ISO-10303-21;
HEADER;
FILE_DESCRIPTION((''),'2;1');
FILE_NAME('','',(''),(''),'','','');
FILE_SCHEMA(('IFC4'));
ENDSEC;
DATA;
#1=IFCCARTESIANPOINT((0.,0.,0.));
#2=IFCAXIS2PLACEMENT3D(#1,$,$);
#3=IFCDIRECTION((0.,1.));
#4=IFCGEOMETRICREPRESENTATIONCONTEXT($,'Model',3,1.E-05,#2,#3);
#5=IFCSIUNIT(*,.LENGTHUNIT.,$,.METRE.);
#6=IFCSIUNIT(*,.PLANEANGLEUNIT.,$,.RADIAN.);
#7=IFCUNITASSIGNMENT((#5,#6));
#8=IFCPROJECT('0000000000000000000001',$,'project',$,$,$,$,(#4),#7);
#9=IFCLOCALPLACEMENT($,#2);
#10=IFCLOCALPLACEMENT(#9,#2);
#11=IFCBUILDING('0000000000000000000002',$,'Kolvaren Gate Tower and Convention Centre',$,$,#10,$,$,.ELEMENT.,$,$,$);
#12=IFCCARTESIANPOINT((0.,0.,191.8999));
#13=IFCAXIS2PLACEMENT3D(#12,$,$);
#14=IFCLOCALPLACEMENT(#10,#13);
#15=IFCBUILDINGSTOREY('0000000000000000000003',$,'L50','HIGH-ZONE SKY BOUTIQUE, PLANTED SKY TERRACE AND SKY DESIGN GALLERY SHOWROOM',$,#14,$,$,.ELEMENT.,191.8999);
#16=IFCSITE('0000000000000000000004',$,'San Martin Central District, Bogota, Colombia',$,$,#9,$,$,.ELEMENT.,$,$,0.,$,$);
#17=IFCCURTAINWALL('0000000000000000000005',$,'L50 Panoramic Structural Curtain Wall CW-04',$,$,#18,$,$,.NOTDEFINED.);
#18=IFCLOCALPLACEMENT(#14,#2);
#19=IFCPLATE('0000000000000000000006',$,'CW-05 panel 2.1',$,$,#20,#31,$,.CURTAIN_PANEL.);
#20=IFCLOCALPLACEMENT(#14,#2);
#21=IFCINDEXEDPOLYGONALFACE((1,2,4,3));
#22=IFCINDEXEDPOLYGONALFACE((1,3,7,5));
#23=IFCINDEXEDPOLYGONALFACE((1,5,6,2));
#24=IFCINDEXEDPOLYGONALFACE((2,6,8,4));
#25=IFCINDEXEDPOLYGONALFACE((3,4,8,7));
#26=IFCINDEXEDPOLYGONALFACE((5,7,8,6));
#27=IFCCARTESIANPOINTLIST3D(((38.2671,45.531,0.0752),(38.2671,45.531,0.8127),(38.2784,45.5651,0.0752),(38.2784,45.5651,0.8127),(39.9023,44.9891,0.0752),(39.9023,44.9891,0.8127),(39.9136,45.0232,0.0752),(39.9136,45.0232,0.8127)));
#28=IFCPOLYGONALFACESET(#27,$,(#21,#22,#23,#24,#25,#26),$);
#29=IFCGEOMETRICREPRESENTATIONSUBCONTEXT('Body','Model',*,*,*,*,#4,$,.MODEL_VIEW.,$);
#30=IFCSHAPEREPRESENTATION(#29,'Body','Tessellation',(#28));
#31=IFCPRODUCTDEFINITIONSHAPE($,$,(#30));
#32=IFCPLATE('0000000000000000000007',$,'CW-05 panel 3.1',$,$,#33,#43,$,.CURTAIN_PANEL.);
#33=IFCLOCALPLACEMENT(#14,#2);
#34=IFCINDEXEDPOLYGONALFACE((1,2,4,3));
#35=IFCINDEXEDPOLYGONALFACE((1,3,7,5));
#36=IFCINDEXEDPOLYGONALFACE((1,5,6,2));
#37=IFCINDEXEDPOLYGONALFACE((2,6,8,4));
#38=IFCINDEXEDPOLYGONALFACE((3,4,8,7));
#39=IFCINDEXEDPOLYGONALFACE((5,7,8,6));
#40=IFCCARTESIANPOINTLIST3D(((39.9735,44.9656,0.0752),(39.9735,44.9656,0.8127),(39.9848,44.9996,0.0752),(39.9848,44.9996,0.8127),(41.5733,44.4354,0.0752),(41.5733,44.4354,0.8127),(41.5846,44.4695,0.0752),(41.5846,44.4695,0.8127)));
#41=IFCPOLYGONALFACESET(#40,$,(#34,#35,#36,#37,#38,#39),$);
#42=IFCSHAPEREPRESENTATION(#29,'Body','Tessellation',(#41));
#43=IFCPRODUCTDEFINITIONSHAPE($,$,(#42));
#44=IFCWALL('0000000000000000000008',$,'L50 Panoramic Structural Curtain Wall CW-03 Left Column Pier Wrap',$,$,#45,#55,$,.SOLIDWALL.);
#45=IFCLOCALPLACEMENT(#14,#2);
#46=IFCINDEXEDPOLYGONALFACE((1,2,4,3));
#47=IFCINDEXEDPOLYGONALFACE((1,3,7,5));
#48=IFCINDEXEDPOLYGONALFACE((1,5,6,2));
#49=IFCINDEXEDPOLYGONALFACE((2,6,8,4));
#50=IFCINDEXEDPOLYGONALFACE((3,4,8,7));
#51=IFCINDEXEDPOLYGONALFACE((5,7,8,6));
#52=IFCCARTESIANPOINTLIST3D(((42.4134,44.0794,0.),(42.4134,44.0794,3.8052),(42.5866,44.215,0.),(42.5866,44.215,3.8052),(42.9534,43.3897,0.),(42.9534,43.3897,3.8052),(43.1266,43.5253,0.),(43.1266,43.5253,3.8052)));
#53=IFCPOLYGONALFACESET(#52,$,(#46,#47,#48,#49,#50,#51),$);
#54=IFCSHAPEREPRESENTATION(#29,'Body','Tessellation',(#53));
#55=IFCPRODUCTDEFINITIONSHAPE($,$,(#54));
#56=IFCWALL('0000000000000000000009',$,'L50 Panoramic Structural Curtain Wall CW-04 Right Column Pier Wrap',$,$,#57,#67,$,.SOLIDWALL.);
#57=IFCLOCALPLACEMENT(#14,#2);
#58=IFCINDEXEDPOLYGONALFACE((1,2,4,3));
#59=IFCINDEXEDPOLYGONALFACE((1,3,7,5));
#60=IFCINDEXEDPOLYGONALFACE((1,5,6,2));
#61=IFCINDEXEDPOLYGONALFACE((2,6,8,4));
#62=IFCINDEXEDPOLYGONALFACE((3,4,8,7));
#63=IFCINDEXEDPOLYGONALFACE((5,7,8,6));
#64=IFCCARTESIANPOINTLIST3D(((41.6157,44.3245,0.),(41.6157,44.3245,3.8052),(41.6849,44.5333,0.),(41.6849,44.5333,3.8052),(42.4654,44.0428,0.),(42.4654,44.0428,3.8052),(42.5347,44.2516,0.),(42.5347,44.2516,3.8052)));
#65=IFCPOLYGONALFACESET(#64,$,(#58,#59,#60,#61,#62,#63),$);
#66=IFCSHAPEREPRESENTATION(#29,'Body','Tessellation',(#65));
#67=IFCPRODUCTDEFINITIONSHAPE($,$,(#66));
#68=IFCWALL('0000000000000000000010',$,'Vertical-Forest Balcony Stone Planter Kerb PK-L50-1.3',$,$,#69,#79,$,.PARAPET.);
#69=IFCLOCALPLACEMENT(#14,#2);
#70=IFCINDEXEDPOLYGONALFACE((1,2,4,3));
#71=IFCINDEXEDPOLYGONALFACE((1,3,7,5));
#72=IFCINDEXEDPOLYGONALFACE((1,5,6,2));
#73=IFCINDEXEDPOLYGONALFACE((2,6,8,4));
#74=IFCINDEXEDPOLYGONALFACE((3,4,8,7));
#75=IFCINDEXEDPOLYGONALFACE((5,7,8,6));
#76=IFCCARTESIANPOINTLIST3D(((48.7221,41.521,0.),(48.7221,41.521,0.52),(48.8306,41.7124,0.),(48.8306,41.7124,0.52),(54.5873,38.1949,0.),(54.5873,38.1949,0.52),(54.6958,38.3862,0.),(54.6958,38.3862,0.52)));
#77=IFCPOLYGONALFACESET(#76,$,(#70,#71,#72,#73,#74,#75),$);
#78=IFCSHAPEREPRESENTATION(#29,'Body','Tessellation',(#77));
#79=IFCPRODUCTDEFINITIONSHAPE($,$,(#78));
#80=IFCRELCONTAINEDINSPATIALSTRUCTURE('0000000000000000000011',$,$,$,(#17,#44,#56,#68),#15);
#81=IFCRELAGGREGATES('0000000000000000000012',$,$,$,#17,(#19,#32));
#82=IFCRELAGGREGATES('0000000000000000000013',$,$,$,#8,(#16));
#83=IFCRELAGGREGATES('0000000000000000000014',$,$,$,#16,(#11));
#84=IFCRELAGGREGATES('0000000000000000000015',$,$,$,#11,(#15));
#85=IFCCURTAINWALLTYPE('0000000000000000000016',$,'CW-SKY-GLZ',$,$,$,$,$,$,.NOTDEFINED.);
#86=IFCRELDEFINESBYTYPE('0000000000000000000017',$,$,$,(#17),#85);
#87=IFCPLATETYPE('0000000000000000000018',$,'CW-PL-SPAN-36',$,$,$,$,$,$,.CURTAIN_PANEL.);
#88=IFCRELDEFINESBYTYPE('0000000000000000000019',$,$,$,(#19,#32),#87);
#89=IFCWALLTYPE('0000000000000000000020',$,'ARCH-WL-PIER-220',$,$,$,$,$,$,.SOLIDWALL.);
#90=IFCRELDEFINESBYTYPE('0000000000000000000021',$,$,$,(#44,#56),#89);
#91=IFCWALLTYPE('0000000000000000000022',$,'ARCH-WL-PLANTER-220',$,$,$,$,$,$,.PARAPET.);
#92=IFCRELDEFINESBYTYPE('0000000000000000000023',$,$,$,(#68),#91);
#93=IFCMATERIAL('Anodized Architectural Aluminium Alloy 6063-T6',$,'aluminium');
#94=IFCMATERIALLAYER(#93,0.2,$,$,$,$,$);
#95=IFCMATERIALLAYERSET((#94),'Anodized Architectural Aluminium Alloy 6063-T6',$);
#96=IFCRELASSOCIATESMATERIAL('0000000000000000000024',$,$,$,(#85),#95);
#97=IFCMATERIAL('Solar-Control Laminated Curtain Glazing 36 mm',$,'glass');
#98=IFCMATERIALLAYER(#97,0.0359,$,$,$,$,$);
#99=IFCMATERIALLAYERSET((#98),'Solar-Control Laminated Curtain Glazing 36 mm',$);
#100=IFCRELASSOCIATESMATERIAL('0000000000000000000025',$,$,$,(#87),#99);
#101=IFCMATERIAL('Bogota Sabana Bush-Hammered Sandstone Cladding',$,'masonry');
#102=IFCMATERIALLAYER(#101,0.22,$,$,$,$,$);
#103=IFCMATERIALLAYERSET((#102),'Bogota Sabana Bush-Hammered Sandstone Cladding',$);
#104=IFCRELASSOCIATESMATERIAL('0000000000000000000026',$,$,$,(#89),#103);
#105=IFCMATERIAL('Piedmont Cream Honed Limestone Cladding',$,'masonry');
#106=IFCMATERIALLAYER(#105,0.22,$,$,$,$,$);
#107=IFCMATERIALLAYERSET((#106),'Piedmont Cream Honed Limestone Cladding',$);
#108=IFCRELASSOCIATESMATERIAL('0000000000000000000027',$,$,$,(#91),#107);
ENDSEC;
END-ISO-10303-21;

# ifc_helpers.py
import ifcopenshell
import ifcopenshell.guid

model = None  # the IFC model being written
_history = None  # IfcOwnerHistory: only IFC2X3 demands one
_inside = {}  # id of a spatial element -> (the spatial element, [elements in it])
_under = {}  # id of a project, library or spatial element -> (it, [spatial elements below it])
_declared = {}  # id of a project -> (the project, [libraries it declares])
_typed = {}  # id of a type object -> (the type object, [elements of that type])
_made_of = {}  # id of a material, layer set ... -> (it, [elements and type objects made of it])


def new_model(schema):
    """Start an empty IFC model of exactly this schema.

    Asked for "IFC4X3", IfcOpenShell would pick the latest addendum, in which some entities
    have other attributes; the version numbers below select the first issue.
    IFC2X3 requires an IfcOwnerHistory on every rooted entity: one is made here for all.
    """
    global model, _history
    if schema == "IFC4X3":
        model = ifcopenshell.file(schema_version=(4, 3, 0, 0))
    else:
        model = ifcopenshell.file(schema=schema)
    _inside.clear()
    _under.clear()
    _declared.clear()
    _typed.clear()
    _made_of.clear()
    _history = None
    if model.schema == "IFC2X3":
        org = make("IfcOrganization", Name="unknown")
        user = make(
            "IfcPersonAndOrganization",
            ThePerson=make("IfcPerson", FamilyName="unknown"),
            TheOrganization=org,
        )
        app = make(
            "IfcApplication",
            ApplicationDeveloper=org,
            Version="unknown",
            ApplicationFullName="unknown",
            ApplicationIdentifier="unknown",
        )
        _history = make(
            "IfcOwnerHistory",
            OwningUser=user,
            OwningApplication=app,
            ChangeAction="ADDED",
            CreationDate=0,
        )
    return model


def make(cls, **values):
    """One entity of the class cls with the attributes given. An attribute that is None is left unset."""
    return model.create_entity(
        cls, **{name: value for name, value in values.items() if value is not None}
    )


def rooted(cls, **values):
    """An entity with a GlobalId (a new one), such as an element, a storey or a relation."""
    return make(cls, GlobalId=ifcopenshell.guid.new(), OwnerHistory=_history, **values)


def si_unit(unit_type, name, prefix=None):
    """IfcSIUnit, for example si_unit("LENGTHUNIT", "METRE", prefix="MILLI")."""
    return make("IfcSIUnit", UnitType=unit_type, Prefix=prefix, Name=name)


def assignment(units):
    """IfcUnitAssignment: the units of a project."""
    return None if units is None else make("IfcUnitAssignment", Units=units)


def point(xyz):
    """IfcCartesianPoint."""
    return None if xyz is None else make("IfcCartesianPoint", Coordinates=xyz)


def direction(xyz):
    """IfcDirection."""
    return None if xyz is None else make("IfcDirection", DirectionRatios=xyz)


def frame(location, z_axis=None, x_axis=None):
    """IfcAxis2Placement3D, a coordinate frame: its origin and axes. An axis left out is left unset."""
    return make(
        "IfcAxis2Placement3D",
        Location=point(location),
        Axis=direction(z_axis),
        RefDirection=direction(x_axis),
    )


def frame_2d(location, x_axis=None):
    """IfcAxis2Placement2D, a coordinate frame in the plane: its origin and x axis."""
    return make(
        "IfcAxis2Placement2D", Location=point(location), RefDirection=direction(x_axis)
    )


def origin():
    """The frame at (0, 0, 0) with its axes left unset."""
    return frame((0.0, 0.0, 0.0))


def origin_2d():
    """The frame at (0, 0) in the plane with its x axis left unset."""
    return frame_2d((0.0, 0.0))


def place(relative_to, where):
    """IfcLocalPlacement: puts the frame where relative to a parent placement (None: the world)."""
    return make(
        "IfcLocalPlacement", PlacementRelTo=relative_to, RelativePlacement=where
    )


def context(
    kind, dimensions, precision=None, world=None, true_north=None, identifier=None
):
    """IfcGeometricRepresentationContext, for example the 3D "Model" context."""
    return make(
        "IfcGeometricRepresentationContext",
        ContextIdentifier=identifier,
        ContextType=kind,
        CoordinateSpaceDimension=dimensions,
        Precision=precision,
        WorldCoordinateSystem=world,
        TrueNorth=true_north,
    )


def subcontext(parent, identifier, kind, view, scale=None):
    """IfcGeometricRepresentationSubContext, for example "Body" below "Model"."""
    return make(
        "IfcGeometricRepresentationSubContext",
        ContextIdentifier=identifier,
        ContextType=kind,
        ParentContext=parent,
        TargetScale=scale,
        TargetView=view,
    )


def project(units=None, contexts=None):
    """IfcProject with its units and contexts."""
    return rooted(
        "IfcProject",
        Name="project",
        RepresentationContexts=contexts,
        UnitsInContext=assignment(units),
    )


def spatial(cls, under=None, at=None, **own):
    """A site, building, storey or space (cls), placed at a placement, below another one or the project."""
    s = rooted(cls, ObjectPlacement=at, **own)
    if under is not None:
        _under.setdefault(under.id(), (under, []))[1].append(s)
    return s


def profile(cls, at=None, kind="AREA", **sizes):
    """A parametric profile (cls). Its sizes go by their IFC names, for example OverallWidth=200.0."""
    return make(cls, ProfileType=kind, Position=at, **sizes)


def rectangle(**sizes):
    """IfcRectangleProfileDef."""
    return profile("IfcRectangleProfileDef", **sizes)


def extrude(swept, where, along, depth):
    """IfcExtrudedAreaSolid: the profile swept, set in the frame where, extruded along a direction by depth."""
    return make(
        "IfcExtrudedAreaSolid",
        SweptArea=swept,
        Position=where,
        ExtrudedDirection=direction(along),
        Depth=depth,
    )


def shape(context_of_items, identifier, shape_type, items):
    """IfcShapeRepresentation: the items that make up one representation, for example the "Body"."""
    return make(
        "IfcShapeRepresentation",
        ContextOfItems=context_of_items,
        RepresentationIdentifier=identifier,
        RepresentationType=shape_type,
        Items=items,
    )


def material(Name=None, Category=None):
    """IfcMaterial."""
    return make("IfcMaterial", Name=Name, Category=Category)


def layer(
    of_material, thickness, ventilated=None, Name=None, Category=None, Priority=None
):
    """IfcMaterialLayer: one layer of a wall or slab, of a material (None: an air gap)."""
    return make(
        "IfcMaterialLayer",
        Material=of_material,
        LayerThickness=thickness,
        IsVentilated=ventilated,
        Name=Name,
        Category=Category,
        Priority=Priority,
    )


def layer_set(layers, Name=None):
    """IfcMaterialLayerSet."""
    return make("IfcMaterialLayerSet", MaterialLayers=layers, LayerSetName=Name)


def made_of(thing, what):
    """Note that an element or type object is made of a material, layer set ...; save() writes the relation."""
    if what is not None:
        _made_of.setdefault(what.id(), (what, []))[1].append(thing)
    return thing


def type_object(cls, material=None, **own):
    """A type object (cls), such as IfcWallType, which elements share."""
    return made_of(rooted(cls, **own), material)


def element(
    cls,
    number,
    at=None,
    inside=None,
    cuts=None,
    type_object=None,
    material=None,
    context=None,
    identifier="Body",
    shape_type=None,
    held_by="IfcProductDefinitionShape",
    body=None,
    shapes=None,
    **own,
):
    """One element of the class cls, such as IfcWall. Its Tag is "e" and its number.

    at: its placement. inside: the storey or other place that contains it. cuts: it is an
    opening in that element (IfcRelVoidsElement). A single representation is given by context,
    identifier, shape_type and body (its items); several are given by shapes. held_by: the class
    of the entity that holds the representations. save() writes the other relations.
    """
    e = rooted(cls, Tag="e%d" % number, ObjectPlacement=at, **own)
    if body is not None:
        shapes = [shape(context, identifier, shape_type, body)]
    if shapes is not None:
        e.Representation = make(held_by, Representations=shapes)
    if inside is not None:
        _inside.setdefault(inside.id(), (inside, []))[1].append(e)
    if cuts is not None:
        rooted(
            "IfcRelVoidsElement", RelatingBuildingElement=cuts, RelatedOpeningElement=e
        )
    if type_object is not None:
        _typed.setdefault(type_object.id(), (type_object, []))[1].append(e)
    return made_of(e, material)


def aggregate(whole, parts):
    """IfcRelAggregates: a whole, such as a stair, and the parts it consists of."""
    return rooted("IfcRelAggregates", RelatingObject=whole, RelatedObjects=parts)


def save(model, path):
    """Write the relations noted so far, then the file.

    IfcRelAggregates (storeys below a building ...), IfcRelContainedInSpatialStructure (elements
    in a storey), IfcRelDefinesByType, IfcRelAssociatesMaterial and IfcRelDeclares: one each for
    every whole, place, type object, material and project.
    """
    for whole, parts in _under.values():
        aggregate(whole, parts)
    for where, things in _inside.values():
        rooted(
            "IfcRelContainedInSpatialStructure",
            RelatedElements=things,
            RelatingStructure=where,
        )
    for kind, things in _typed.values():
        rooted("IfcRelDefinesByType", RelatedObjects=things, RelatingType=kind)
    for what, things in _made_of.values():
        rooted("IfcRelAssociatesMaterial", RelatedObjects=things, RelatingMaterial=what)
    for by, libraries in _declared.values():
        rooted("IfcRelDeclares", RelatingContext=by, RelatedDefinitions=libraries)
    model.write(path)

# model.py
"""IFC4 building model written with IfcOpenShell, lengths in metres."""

from ifc_helpers import new_model, si_unit, direction, frame, frame_2d, origin, origin_2d, place, context, subcontext, project, spatial, rectangle, extrude, material, layer, layer_set, type_object, element, aggregate, save


model = new_model("IFC4")

# Units and contexts
model_context = context("Model", 3, precision=1e-05, world=origin(), true_north=direction((0.0, 1.0)))
body_context = subcontext(model_context, "Body", "Model", "MODEL_VIEW")
ifc_project = project(units=[si_unit("LENGTHUNIT", "METRE"), si_unit("PLANEANGLEUNIT", "RADIAN")], contexts=[model_context])

# Site, building, storey
site_placement = place(None, origin())
site = spatial("IfcSite", under=ifc_project, at=site_placement, Name="San Martin Central District, Bogota, Colombia", CompositionType="ELEMENT", RefElevation=0.0)
building_placement = place(site_placement, origin())
building = spatial("IfcBuilding", under=site, at=building_placement, Name="Kolvaren Gate Tower and Convention Centre", CompositionType="ELEMENT")
storey_placement = place(building_placement, frame((0.0, 0.0, 191.8999)))
storey = spatial("IfcBuildingStorey", under=building, at=storey_placement, Name="L50", Description="HIGH-ZONE SKY BOUTIQUE, PLANTED SKY TERRACE AND SKY DESIGN GALLERY SHOWROOM", CompositionType="ELEMENT", Elevation=191.8999)

# Curtain wall
ifc_material_1 = material(Name="Anodized Architectural Aluminium Alloy 6063-T6", Category="aluminium")
ifc_layer_1 = layer(ifc_material_1, 0.2)
ifc_layer_set_1 = layer_set([ifc_layer_1], Name="Anodized Architectural Aluminium Alloy 6063-T6")
curtain_wall_type = type_object("IfcCurtainWallType", Name="CW-SKY-GLZ", PredefinedType="NOTDEFINED", material=ifc_layer_set_1)
curtain_wall_1_placement = place(storey_placement, origin())
curtain_wall_1 = element("IfcCurtainWall", 1, at=curtain_wall_1_placement, inside=storey, type_object=curtain_wall_type, Name="L50 Panoramic Structural Curtain Wall CW-04", PredefinedType="NOTDEFINED")

# Plates
ifc_material_2 = material(Name="Solar-Control Laminated Curtain Glazing 36 mm", Category="glass")
ifc_layer_2 = layer(ifc_material_2, 0.0359)
ifc_layer_set_2 = layer_set([ifc_layer_2], Name="Solar-Control Laminated Curtain Glazing 36 mm")
plate_type_1 = type_object("IfcPlateType", Name="CW-PL-SPAN-36", PredefinedType="CURTAIN_PANEL", material=ifc_layer_set_2)
plate_1_placement = place(storey_placement, frame((39.0903, 45.2771, 0.0752), z_axis=(0.0, 0.0, 1.0), x_axis=(0.94924, -0.314553, 0.0)))
plate_1 = element("IfcPlate", 2, at=plate_1_placement, type_object=plate_type_1, Name="CW-05 panel 2.1", PredefinedType="CURTAIN_PANEL", context=body_context, shape_type="SweptSolid", body=[
    extrude(rectangle(XDim=1.7227, YDim=0.0359, at=origin_2d()), origin(), (0.0, 0.0, 1.0), 0.7375),
])
plate_2_placement = place(storey_placement, frame((40.7791, 44.7175, 0.0752), z_axis=(0.0, 0.0, 1.0), x_axis=(0.94924, -0.314553, 0.0)))
plate_2 = element("IfcPlate", 3, at=plate_2_placement, type_object=plate_type_1, Name="CW-05 panel 3.1", PredefinedType="CURTAIN_PANEL", context=body_context, shape_type="SweptSolid", body=[
    extrude(rectangle(XDim=1.6853, YDim=0.0359, at=origin_2d()), origin(), (0.0, 0.0, 1.0), 0.7375),
])
aggregate(curtain_wall_1, [plate_1, plate_2])

# Walls
ifc_material_3 = material(Name="Bogota Sabana Bush-Hammered Sandstone Cladding", Category="masonry")
ifc_layer_3 = layer(ifc_material_3, 0.22)
ifc_layer_set_3 = layer_set([ifc_layer_3], Name="Bogota Sabana Bush-Hammered Sandstone Cladding")
wall_type_1 = type_object("IfcWallType", Name="ARCH-WL-PIER-220", PredefinedType="SOLIDWALL", material=ifc_layer_set_3)
wall_1_placement = place(storey_placement, frame((42.5, 44.1472, 0.0), z_axis=(0.0, 0.0, 1.0), x_axis=(0.616504, -0.787352, 0.0)))
element("IfcWall", 4, at=wall_1_placement, inside=storey, type_object=wall_type_1, Name="L50 Panoramic Structural Curtain Wall CW-03 Left Column Pier Wrap", PredefinedType="SOLIDWALL", context=body_context, shape_type="SweptSolid", body=[
    extrude(rectangle(XDim=0.876, YDim=0.22, at=frame_2d((0.438, 0.0))), origin(), (0.0, 0.0, 1.0), 3.8052),
])
wall_2_placement = place(storey_placement, frame((41.6501, 44.429, 0.0), z_axis=(0.0, 0.0, 1.0), x_axis=(0.9492, -0.314673, 0.0)))
element("IfcWall", 5, at=wall_2_placement, inside=storey, type_object=wall_type_1, Name="L50 Panoramic Structural Curtain Wall CW-04 Right Column Pier Wrap", PredefinedType="SOLIDWALL", context=body_context, shape_type="SweptSolid", body=[
    extrude(rectangle(XDim=0.8953, YDim=0.22, at=frame_2d((0.4478, 0.0))), origin(), (0.0, 0.0, 1.0), 3.8052),
])
ifc_material_4 = material(Name="Piedmont Cream Honed Limestone Cladding", Category="masonry")
ifc_layer_4 = layer(ifc_material_4, 0.22)
ifc_layer_set_4 = layer_set([ifc_layer_4], Name="Piedmont Cream Honed Limestone Cladding")
wall_type_2 = type_object("IfcWallType", Name="ARCH-WL-PLANTER-220", PredefinedType="PARAPET", material=ifc_layer_set_4)
wall_3_placement = place(storey_placement, frame((48.7764, 41.6167, 0.0), z_axis=(0.0, 0.0, 1.0), x_axis=(0.869861, -0.493298, 0.0)))
element("IfcWall", 6, at=wall_3_placement, inside=storey, type_object=wall_type_2, Name="Vertical-Forest Balcony Stone Planter Kerb PK-L50-1.3", PredefinedType="PARAPET", context=body_context, shape_type="SweptSolid", body=[
    extrude(rectangle(XDim=6.7427, YDim=0.22, at=frame_2d((3.3713, 0.0))), origin(), (0.0, 0.0, 1.0), 0.52),
])

save(model, "model.ifc")
